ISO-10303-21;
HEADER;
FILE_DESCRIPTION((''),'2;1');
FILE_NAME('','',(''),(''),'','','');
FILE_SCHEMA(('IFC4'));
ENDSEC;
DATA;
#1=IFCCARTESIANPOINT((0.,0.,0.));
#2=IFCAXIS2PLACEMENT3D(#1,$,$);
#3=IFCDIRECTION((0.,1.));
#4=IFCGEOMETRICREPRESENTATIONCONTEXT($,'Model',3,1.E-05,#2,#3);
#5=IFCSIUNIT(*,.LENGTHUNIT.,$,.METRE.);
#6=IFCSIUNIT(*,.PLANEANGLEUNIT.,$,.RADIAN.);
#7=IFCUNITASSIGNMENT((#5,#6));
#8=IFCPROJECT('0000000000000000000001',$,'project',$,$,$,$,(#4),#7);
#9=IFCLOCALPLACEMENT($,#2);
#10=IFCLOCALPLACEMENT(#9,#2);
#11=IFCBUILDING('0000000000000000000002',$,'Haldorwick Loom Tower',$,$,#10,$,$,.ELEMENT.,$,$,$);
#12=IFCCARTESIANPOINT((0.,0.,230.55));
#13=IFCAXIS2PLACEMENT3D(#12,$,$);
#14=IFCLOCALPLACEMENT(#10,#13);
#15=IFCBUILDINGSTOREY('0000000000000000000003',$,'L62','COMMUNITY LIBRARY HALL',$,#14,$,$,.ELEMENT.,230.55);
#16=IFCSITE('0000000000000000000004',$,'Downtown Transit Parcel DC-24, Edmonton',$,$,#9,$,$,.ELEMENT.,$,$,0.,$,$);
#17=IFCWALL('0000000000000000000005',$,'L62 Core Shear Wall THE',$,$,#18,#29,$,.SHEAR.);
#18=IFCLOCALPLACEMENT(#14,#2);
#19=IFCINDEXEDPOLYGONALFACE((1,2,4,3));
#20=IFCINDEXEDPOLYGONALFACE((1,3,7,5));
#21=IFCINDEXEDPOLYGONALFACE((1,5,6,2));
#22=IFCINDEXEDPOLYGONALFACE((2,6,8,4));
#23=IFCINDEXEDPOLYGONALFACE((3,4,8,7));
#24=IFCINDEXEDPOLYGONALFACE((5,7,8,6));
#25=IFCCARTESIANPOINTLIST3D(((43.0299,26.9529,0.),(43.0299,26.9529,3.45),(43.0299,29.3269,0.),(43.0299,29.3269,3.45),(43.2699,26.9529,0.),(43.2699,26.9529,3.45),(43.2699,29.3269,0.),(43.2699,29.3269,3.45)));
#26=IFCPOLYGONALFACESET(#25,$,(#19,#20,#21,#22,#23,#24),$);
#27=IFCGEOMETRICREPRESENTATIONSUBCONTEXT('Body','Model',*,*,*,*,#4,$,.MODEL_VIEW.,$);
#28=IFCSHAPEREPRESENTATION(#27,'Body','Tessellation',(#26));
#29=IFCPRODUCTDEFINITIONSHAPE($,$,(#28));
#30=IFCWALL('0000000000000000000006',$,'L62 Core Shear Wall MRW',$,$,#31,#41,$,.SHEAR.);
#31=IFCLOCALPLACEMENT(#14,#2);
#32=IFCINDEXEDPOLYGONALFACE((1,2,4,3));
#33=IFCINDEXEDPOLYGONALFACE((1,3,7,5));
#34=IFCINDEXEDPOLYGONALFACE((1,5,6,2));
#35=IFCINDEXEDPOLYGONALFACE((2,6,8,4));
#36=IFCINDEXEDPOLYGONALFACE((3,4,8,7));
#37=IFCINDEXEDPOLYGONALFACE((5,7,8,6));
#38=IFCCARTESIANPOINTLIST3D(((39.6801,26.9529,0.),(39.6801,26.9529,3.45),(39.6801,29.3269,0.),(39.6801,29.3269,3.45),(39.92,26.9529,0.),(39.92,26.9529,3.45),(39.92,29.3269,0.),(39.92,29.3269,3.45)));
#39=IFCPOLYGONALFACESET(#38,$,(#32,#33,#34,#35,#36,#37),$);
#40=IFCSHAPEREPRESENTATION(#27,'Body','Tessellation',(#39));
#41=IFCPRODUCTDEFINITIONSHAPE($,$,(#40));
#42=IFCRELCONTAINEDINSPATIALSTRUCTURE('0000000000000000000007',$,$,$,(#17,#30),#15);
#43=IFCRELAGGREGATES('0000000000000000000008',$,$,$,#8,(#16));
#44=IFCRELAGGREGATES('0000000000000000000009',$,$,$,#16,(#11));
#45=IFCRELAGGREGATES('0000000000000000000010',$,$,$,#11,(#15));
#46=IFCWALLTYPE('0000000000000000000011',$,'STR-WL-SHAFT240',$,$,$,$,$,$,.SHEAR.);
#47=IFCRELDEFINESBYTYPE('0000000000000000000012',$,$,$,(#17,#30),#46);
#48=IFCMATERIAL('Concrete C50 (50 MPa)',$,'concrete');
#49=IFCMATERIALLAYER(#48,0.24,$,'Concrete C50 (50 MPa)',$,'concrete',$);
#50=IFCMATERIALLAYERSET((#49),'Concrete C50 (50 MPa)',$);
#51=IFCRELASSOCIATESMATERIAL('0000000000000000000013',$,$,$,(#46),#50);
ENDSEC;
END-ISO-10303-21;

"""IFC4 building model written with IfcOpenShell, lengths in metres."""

from ifc_helpers import new_model, si_unit, direction, frame, frame_2d, origin, place, context, subcontext, project, spatial, rectangle, extrude, material, layer, layer_set, type_object, element, save


model = new_model("IFC4")

# Units and contexts
model_context = context("Model", 3, precision=1e-05, world=origin(), true_north=direction((0.0, 1.0)))
body_context = subcontext(model_context, "Body", "Model", "MODEL_VIEW")
ifc_project = project(units=[si_unit("LENGTHUNIT", "METRE"), si_unit("PLANEANGLEUNIT", "RADIAN")], contexts=[model_context])

# Site, building, storey
site_placement = place(None, origin())
site = spatial("IfcSite", under=ifc_project, at=site_placement, Name="Downtown Transit Parcel DC-24, Edmonton", CompositionType="ELEMENT", RefElevation=0.0)
building_placement = place(site_placement, origin())
building = spatial("IfcBuilding", under=site, at=building_placement, Name="Haldorwick Loom Tower", CompositionType="ELEMENT")
storey_placement = place(building_placement, frame((0.0, 0.0, 230.55)))
storey = spatial("IfcBuildingStorey", under=building, at=storey_placement, Name="L62", Description="COMMUNITY LIBRARY HALL", CompositionType="ELEMENT", Elevation=230.55)

# Shared definitions
ifc_material_1 = material(Name="Concrete C50 (50 MPa)", Category="concrete")

# Walls
ifc_layer_1 = layer(ifc_material_1, 0.24, Name="Concrete C50 (50 MPa)", Category="concrete")
ifc_layer_set_1 = layer_set([ifc_layer_1], Name="Concrete C50 (50 MPa)")
wall_type_1 = type_object("IfcWallType", Name="STR-WL-SHAFT240", PredefinedType="SHEAR", material=ifc_layer_set_1)
for number, where, z_axis, x_axis, name in (
    (1, (43.1499, 26.9529, 0.0), (0.0, 0.0, 1.0), (0.0, 1.0, 0.0), "L62 Core Shear Wall THE"),
    (2, (39.8, 26.9529, 0.0), (0.0, 0.0, 1.0), (0.0, 1.0, 0.0), "L62 Core Shear Wall MRW"),
):
    element("IfcWall", number, at=place(storey_placement, frame(where, z_axis=z_axis, x_axis=x_axis)), inside=storey, type_object=wall_type_1, Name=name, PredefinedType="SHEAR", context=body_context, shape_type="SweptSolid", body=[
        extrude(rectangle(XDim=2.374, YDim=0.24, at=frame_2d((1.187, 0.0))), origin(), (0.0, 0.0, 1.0), 3.45),
    ])

save(model, "model.ifc")
